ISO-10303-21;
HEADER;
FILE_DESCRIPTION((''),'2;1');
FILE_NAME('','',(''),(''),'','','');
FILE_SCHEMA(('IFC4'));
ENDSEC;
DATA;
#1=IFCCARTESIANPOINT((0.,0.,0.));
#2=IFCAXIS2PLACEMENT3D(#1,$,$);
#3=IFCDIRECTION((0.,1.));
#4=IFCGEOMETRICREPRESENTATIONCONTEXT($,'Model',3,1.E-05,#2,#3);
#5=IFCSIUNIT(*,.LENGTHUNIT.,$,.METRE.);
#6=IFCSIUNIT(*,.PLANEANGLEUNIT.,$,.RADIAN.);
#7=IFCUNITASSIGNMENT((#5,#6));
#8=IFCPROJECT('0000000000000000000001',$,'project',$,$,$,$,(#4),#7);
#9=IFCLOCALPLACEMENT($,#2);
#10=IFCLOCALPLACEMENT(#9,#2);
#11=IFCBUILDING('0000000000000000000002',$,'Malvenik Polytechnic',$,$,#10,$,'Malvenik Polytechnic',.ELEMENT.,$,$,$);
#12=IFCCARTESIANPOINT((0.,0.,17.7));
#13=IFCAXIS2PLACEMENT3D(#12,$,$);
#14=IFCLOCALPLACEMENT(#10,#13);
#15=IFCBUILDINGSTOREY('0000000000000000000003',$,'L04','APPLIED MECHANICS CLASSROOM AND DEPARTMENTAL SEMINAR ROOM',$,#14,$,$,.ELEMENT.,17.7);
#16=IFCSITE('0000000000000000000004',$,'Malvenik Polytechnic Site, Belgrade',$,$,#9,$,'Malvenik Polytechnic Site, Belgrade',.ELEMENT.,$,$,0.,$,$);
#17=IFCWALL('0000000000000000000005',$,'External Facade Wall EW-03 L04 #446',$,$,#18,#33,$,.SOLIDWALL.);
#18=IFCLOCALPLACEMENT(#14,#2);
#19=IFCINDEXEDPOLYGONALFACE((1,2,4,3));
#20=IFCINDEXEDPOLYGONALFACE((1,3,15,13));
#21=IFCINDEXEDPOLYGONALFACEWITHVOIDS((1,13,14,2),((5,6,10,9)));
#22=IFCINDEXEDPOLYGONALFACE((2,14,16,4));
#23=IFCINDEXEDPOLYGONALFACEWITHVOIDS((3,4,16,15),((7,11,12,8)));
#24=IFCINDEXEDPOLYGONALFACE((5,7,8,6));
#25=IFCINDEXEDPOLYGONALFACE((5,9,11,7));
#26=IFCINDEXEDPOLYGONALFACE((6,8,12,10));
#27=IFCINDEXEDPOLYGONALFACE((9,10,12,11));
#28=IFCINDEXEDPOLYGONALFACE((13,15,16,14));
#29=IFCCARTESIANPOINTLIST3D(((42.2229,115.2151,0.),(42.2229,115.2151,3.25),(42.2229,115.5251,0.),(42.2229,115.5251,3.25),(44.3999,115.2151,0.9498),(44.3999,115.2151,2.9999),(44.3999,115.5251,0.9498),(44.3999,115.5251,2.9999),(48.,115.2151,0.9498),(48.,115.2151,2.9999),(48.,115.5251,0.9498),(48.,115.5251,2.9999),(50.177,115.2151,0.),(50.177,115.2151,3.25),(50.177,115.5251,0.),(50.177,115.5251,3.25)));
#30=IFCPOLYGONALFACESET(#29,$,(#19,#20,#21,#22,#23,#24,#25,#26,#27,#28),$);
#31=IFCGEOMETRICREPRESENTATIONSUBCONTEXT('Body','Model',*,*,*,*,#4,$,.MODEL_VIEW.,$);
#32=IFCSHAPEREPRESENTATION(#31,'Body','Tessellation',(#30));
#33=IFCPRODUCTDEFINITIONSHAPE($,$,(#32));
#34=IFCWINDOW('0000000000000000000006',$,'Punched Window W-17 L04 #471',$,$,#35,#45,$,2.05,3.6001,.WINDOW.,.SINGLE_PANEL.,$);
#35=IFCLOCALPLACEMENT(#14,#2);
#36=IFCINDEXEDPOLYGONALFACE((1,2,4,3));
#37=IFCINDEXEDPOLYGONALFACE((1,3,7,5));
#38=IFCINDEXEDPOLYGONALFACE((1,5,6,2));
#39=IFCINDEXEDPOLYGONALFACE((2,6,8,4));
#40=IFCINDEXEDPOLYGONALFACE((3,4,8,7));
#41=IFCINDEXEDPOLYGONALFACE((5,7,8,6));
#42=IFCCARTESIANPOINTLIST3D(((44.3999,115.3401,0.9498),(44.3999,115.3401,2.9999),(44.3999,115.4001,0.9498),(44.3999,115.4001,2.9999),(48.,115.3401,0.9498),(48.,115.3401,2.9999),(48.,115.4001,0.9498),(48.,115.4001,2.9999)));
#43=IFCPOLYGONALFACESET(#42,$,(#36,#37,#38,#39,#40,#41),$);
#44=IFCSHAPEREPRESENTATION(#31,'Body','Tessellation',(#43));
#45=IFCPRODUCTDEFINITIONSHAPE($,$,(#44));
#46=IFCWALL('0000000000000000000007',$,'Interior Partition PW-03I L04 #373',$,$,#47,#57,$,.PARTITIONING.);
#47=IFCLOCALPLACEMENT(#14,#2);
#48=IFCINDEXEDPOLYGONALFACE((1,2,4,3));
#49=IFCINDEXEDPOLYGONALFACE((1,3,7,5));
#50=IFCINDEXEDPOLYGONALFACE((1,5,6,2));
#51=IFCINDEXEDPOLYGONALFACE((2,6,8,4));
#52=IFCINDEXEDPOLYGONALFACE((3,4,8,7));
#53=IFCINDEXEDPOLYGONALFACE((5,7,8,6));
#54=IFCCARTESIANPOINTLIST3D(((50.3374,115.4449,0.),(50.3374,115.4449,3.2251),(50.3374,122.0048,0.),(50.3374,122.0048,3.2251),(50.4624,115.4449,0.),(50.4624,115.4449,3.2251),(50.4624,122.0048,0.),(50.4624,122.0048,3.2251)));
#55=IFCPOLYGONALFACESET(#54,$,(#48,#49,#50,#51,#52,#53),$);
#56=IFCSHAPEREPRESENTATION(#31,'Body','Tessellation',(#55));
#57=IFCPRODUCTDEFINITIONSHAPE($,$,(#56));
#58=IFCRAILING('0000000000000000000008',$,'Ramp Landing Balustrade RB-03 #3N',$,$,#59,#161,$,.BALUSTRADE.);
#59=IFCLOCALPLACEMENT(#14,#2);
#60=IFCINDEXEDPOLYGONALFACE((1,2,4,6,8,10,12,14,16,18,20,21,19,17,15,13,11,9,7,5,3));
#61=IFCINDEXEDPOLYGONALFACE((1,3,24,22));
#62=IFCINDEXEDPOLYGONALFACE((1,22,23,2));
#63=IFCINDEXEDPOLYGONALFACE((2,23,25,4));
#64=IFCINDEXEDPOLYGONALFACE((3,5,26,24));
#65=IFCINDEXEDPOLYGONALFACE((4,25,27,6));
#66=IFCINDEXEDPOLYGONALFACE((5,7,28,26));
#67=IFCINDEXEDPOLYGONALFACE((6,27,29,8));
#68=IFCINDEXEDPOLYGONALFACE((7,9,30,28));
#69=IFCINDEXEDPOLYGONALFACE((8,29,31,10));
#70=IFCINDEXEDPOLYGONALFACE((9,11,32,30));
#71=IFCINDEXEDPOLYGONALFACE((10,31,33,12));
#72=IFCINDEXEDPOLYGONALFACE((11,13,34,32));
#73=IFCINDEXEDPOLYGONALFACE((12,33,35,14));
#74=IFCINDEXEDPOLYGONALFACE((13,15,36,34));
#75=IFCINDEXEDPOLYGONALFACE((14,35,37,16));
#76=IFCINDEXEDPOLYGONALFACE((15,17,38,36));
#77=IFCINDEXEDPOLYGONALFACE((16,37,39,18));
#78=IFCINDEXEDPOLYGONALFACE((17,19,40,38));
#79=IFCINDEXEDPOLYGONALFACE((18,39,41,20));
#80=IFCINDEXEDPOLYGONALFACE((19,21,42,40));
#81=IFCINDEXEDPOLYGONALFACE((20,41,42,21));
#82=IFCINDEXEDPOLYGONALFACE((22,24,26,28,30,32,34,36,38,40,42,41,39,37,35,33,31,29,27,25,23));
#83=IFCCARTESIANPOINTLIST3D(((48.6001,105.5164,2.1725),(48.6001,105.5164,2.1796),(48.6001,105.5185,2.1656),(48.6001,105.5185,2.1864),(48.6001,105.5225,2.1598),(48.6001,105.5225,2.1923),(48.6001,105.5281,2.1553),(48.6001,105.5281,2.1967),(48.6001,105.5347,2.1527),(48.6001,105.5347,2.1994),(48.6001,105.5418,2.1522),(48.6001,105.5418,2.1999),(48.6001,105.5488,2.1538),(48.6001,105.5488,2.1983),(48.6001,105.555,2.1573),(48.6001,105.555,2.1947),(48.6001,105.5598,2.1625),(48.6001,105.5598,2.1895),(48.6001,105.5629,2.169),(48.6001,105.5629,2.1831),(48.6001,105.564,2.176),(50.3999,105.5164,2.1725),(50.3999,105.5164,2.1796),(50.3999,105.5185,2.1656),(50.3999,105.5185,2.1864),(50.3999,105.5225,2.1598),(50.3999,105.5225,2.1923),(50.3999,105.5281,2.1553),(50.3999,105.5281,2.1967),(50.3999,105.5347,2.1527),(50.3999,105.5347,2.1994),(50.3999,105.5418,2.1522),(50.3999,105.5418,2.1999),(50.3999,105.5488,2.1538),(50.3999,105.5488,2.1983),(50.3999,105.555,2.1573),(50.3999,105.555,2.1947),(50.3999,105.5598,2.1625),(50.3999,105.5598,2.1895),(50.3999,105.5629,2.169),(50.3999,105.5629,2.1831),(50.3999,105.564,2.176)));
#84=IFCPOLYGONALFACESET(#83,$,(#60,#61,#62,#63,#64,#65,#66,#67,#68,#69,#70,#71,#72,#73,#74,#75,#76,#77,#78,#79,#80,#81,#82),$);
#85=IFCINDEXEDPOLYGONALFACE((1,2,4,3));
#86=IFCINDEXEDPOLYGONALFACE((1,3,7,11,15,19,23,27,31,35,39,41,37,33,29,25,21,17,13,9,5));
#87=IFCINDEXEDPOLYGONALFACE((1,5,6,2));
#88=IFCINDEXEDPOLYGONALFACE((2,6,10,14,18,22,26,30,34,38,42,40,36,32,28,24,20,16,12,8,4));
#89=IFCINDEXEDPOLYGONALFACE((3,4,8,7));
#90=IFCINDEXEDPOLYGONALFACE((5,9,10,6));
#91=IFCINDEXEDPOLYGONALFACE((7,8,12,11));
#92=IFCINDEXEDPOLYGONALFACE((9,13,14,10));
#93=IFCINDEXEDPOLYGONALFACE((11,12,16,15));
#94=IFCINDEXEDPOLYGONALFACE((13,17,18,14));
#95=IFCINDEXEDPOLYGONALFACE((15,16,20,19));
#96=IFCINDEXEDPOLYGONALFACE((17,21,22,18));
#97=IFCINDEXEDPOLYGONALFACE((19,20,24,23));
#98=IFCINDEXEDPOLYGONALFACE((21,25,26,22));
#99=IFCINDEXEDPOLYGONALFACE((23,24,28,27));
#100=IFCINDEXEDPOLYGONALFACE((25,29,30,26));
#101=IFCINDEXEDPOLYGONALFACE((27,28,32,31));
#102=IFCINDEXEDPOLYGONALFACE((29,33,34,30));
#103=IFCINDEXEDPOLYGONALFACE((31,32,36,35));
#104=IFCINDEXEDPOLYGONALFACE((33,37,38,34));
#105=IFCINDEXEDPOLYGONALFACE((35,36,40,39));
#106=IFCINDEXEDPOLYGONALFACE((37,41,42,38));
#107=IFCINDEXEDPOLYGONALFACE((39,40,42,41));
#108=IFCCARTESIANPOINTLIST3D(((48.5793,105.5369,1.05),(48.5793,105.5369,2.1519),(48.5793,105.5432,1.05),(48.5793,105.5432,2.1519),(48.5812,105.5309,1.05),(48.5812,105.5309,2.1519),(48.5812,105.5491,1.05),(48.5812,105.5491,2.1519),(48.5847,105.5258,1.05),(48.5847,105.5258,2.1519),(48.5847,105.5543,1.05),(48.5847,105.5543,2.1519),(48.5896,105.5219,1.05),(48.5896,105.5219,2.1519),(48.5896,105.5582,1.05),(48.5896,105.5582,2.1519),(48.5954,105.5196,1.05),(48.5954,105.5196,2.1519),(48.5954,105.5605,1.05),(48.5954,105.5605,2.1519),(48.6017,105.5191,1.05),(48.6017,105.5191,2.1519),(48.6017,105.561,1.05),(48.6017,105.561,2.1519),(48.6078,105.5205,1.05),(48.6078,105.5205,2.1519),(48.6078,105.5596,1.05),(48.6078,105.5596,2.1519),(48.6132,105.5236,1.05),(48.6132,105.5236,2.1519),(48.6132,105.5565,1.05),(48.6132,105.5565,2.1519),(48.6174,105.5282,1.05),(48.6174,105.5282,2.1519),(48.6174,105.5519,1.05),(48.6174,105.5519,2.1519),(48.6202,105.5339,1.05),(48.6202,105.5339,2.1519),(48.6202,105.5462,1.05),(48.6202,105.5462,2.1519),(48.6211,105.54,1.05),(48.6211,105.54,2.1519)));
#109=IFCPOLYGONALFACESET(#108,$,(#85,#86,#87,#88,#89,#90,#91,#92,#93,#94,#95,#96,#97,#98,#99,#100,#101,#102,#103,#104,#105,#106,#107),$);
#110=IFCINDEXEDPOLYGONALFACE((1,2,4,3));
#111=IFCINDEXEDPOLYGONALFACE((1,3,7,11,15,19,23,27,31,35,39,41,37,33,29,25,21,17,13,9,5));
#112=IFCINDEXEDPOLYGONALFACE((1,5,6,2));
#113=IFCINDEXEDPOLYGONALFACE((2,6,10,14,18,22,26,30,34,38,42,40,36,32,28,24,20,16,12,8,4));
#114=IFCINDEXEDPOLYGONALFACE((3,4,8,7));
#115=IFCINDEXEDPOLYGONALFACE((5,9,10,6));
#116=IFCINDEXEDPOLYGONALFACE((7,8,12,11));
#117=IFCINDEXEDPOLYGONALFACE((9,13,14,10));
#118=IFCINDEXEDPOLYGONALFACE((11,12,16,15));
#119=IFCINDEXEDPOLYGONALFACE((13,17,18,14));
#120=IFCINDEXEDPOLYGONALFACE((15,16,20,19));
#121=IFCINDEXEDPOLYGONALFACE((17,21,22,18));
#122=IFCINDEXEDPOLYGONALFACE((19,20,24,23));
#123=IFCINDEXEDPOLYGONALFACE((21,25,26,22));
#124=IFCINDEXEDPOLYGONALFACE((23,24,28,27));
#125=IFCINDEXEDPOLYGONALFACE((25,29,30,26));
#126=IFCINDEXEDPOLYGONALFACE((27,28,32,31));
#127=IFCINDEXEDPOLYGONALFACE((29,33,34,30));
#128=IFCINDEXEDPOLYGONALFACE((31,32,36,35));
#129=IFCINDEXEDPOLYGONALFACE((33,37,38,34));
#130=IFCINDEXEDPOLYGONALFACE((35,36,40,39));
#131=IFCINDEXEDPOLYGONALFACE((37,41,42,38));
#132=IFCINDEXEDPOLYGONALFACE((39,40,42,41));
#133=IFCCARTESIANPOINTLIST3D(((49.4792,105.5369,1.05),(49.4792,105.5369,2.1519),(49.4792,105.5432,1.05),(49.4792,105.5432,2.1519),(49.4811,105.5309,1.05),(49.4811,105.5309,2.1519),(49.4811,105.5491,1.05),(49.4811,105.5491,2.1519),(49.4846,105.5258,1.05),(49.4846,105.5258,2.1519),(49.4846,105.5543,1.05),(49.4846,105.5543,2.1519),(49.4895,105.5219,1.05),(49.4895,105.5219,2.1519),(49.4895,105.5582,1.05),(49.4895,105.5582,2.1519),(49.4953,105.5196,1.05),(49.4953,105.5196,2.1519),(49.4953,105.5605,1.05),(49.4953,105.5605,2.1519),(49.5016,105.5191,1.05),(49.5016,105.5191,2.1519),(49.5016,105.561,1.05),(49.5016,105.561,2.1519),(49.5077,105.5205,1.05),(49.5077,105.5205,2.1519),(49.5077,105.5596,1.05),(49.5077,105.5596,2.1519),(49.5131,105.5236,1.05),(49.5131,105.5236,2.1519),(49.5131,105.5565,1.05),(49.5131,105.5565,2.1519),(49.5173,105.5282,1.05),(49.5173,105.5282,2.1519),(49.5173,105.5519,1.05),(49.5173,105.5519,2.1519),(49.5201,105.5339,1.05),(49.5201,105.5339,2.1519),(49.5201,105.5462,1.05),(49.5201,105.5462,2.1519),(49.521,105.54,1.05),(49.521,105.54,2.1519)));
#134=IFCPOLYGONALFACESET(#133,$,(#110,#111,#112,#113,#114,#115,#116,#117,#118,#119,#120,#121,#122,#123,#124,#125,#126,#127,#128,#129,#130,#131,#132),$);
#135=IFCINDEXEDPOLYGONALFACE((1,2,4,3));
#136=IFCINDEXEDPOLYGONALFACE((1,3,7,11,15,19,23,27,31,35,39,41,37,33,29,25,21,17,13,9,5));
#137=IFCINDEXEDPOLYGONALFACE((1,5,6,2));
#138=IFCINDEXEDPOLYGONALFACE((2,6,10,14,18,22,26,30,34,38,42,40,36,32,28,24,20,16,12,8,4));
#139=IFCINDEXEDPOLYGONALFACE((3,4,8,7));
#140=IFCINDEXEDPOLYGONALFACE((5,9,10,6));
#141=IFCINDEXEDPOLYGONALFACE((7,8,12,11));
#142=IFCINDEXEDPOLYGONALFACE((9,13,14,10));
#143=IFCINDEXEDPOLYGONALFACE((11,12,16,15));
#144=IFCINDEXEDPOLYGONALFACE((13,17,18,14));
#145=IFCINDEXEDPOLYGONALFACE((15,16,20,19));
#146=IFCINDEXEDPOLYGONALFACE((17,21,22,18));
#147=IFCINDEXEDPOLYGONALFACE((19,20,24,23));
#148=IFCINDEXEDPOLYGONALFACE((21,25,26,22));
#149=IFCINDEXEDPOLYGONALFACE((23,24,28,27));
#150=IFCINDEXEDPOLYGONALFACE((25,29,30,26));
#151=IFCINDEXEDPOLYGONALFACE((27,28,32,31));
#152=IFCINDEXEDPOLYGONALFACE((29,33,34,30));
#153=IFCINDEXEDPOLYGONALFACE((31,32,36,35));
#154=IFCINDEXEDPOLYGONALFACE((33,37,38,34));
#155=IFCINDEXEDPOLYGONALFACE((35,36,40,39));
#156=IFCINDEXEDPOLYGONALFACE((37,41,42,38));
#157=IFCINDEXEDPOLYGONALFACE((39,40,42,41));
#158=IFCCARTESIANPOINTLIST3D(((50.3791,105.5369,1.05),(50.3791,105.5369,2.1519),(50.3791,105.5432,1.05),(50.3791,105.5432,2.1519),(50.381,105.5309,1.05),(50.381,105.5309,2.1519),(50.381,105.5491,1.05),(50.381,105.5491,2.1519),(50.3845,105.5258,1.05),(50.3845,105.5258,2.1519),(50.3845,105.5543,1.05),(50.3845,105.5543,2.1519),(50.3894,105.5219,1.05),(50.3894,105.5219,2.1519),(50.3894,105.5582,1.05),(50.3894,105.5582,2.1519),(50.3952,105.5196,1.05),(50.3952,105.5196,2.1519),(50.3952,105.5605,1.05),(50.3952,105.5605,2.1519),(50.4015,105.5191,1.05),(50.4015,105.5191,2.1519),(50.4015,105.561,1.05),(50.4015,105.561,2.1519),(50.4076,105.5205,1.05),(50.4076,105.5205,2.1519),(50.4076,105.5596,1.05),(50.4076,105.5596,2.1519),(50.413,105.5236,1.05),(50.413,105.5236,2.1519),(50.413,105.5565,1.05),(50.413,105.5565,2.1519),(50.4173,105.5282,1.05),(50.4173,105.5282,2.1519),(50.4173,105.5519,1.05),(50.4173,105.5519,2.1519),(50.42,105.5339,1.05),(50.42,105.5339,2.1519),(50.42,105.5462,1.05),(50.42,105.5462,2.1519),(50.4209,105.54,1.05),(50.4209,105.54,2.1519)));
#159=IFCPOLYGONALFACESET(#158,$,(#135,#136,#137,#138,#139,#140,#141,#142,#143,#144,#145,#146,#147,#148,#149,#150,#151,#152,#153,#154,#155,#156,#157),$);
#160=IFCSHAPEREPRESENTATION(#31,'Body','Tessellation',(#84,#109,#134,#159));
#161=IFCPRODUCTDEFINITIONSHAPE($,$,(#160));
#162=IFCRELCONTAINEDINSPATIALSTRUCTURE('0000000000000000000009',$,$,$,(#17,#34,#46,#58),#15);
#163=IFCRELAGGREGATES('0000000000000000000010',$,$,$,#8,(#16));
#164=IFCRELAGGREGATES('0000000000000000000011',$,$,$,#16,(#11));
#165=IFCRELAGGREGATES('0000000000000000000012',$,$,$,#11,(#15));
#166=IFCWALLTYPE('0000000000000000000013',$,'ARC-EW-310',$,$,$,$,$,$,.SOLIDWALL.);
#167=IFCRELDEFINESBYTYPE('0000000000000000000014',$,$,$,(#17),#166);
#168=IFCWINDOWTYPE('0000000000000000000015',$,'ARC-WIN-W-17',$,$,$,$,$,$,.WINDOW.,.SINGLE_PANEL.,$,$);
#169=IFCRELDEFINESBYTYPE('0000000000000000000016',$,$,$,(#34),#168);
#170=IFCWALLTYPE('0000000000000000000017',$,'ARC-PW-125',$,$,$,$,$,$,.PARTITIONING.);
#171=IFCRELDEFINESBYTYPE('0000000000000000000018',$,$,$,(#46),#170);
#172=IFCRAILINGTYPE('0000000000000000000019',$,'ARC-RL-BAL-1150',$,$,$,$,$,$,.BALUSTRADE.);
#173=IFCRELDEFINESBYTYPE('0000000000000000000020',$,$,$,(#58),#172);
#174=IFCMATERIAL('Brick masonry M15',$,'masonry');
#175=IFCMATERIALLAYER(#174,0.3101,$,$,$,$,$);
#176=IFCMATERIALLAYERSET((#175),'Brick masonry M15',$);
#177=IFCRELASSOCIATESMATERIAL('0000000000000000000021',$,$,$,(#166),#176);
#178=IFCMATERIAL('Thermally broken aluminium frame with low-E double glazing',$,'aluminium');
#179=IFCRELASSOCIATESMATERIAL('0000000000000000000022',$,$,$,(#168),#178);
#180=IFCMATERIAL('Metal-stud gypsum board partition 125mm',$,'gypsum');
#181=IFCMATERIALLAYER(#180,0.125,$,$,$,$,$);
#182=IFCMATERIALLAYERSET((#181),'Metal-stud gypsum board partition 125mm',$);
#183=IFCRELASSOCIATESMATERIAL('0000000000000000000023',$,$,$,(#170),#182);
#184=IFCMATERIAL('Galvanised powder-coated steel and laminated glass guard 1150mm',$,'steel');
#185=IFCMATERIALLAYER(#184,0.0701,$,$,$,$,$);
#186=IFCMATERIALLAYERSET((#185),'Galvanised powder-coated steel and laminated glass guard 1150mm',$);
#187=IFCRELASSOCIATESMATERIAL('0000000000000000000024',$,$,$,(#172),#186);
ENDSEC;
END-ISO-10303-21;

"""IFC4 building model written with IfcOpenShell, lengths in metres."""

from ifc_helpers import new_model, si_unit, direction, frame, frame_2d, origin, origin_2d, place, context, subcontext, project, spatial, rectangle, circle, extrude, material, layer, layer_set, type_object, element, fill, save


model = new_model("IFC4")

# Units and contexts
model_context = context("Model", 3, precision=1e-05, world=origin(), true_north=direction((0.0, 1.0)))
body_context = subcontext(model_context, "Body", "Model", "MODEL_VIEW")
ifc_project = project(units=[si_unit("LENGTHUNIT", "METRE"), si_unit("PLANEANGLEUNIT", "RADIAN")], contexts=[model_context])

# Site, building, storey
site_placement = place(None, origin())
site = spatial("IfcSite", under=ifc_project, at=site_placement, Name="Malvenik Polytechnic Site, Belgrade", LongName="Malvenik Polytechnic Site, Belgrade", CompositionType="ELEMENT", RefElevation=0.0)
building_placement = place(site_placement, origin())
building = spatial("IfcBuilding", under=site, at=building_placement, Name="Malvenik Polytechnic", LongName="Malvenik Polytechnic", CompositionType="ELEMENT")
storey_placement = place(building_placement, frame((0.0, 0.0, 17.7)))
storey = spatial("IfcBuildingStorey", under=building, at=storey_placement, Name="L04", Description="APPLIED MECHANICS CLASSROOM AND DEPARTMENTAL SEMINAR ROOM", CompositionType="ELEMENT", Elevation=17.7)

# Wall, opening, window
ifc_material_1 = material(Name="Brick masonry M15", Category="masonry")
ifc_layer_1 = layer(ifc_material_1, 0.3101)
ifc_layer_set_1 = layer_set([ifc_layer_1], Name="Brick masonry M15")
wall_type_1 = type_object("IfcWallType", Name="ARC-EW-310", PredefinedType="SOLIDWALL", material=ifc_layer_set_1)
wall_1_placement = place(storey_placement, frame((50.177, 115.3701, 0.0), z_axis=(0.0, 0.0, 1.0), x_axis=(-1.0, 0.0, 0.0)))
wall_1 = element("IfcWall", 1, at=wall_1_placement, inside=storey, type_object=wall_type_1, Name="External Facade Wall EW-03 L04 #446", PredefinedType="SOLIDWALL", context=body_context, shape_type="SweptSolid", body=[
    extrude(rectangle(XDim=7.9541, YDim=0.3101, at=frame_2d((3.9771, 0.0))), origin(), (0.0, 0.0, 1.0), 3.25),
])
opening_placement = place(wall_1_placement, frame((2.177, 0.0, 0.95)))
opening = element("IfcOpeningElement", 2, at=opening_placement, cuts=wall_1, PredefinedType="OPENING", context=body_context, shape_type="SweptSolid", body=[
    extrude(rectangle(XDim=3.6001, YDim=2.05, at=frame_2d((1.8, 1.0249))), frame((0.0, 0.165, 0.0), z_axis=(0.0, -1.0, 0.0), x_axis=(1.0, 0.0, 0.0)), (0.0, 0.0, 1.0), 0.3301),
])
ifc_material_2 = material(Name="Thermally broken aluminium frame with low-E double glazing", Category="aluminium")
window_type = type_object("IfcWindowType", Name="ARC-WIN-W-17", PartitioningType="SINGLE_PANEL", PredefinedType="WINDOW", material=ifc_material_2)
window_placement = place(opening_placement, origin())
window = element("IfcWindow", 3, at=window_placement, inside=storey, type_object=window_type, Name="Punched Window W-17 L04 #471", OverallHeight=2.05, OverallWidth=3.6001, PartitioningType="SINGLE_PANEL", PredefinedType="WINDOW", context=body_context, shape_type="SweptSolid", body=[
    extrude(rectangle(XDim=3.6001, YDim=2.05, at=frame_2d((1.8, 1.0249))), frame((0.0, 0.03, 0.0), z_axis=(0.0, -1.0, 0.0), x_axis=(1.0, 0.0, 0.0)), (0.0, 0.0, 1.0), 0.0601),
])
fill(opening, window)

# Wall
ifc_material_3 = material(Name="Metal-stud gypsum board partition 125mm", Category="gypsum")
ifc_layer_2 = layer(ifc_material_3, 0.125)
ifc_layer_set_2 = layer_set([ifc_layer_2], Name="Metal-stud gypsum board partition 125mm")
wall_type_2 = type_object("IfcWallType", Name="ARC-PW-125", PredefinedType="PARTITIONING", material=ifc_layer_set_2)
wall_2_placement = place(storey_placement, frame((50.3999, 115.4451, 0.0), z_axis=(0.0, 0.0, 1.0), x_axis=(0.0, 1.0, 0.0)))
element("IfcWall", 4, at=wall_2_placement, inside=storey, type_object=wall_type_2, Name="Interior Partition PW-03I L04 #373", PredefinedType="PARTITIONING", context=body_context, shape_type="SweptSolid", body=[
    extrude(rectangle(XDim=6.5598, YDim=0.125, at=frame_2d((3.2798, 0.0))), origin(), (0.0, 0.0, 1.0), 3.2251),
])

# Railing
ifc_material_4 = material(Name="Galvanised powder-coated steel and laminated glass guard 1150mm", Category="steel")
ifc_layer_3 = layer(ifc_material_4, 0.0701)
ifc_layer_set_3 = layer_set([ifc_layer_3], Name="Galvanised powder-coated steel and laminated glass guard 1150mm")
railing_type_1 = type_object("IfcRailingType", Name="ARC-RL-BAL-1150", PredefinedType="BALUSTRADE", material=ifc_layer_set_3)
railing_1_placement = place(storey_placement, frame((48.6001, 105.54, 1.05)))
element("IfcRailing", 5, at=railing_1_placement, inside=storey, type_object=railing_type_1, Name="Ramp Landing Balustrade RB-03 #3N", PredefinedType="BALUSTRADE", context=body_context, shape_type="SweptSolid", body=[
    extrude(circle(Radius=0.0239, at=origin_2d()), frame((0.0, 0.0, 1.126), z_axis=(1.0, 0.0, 0.0), x_axis=(0.0, 1.0, 0.0)), (0.0, 0.0, 1.0), 1.7998),
    extrude(circle(Radius=0.021, at=origin_2d()), origin(), (0.0, 0.0, 1.0), 1.1018),
    extrude(circle(Radius=0.021, at=origin_2d()), frame((0.8999, 0.0, 0.0)), (0.0, 0.0, 1.0), 1.1018),
    extrude(circle(Radius=0.021, at=origin_2d()), frame((1.7998, 0.0, 0.0)), (0.0, 0.0, 1.0), 1.1018),
])

save(model, "model.ifc")
